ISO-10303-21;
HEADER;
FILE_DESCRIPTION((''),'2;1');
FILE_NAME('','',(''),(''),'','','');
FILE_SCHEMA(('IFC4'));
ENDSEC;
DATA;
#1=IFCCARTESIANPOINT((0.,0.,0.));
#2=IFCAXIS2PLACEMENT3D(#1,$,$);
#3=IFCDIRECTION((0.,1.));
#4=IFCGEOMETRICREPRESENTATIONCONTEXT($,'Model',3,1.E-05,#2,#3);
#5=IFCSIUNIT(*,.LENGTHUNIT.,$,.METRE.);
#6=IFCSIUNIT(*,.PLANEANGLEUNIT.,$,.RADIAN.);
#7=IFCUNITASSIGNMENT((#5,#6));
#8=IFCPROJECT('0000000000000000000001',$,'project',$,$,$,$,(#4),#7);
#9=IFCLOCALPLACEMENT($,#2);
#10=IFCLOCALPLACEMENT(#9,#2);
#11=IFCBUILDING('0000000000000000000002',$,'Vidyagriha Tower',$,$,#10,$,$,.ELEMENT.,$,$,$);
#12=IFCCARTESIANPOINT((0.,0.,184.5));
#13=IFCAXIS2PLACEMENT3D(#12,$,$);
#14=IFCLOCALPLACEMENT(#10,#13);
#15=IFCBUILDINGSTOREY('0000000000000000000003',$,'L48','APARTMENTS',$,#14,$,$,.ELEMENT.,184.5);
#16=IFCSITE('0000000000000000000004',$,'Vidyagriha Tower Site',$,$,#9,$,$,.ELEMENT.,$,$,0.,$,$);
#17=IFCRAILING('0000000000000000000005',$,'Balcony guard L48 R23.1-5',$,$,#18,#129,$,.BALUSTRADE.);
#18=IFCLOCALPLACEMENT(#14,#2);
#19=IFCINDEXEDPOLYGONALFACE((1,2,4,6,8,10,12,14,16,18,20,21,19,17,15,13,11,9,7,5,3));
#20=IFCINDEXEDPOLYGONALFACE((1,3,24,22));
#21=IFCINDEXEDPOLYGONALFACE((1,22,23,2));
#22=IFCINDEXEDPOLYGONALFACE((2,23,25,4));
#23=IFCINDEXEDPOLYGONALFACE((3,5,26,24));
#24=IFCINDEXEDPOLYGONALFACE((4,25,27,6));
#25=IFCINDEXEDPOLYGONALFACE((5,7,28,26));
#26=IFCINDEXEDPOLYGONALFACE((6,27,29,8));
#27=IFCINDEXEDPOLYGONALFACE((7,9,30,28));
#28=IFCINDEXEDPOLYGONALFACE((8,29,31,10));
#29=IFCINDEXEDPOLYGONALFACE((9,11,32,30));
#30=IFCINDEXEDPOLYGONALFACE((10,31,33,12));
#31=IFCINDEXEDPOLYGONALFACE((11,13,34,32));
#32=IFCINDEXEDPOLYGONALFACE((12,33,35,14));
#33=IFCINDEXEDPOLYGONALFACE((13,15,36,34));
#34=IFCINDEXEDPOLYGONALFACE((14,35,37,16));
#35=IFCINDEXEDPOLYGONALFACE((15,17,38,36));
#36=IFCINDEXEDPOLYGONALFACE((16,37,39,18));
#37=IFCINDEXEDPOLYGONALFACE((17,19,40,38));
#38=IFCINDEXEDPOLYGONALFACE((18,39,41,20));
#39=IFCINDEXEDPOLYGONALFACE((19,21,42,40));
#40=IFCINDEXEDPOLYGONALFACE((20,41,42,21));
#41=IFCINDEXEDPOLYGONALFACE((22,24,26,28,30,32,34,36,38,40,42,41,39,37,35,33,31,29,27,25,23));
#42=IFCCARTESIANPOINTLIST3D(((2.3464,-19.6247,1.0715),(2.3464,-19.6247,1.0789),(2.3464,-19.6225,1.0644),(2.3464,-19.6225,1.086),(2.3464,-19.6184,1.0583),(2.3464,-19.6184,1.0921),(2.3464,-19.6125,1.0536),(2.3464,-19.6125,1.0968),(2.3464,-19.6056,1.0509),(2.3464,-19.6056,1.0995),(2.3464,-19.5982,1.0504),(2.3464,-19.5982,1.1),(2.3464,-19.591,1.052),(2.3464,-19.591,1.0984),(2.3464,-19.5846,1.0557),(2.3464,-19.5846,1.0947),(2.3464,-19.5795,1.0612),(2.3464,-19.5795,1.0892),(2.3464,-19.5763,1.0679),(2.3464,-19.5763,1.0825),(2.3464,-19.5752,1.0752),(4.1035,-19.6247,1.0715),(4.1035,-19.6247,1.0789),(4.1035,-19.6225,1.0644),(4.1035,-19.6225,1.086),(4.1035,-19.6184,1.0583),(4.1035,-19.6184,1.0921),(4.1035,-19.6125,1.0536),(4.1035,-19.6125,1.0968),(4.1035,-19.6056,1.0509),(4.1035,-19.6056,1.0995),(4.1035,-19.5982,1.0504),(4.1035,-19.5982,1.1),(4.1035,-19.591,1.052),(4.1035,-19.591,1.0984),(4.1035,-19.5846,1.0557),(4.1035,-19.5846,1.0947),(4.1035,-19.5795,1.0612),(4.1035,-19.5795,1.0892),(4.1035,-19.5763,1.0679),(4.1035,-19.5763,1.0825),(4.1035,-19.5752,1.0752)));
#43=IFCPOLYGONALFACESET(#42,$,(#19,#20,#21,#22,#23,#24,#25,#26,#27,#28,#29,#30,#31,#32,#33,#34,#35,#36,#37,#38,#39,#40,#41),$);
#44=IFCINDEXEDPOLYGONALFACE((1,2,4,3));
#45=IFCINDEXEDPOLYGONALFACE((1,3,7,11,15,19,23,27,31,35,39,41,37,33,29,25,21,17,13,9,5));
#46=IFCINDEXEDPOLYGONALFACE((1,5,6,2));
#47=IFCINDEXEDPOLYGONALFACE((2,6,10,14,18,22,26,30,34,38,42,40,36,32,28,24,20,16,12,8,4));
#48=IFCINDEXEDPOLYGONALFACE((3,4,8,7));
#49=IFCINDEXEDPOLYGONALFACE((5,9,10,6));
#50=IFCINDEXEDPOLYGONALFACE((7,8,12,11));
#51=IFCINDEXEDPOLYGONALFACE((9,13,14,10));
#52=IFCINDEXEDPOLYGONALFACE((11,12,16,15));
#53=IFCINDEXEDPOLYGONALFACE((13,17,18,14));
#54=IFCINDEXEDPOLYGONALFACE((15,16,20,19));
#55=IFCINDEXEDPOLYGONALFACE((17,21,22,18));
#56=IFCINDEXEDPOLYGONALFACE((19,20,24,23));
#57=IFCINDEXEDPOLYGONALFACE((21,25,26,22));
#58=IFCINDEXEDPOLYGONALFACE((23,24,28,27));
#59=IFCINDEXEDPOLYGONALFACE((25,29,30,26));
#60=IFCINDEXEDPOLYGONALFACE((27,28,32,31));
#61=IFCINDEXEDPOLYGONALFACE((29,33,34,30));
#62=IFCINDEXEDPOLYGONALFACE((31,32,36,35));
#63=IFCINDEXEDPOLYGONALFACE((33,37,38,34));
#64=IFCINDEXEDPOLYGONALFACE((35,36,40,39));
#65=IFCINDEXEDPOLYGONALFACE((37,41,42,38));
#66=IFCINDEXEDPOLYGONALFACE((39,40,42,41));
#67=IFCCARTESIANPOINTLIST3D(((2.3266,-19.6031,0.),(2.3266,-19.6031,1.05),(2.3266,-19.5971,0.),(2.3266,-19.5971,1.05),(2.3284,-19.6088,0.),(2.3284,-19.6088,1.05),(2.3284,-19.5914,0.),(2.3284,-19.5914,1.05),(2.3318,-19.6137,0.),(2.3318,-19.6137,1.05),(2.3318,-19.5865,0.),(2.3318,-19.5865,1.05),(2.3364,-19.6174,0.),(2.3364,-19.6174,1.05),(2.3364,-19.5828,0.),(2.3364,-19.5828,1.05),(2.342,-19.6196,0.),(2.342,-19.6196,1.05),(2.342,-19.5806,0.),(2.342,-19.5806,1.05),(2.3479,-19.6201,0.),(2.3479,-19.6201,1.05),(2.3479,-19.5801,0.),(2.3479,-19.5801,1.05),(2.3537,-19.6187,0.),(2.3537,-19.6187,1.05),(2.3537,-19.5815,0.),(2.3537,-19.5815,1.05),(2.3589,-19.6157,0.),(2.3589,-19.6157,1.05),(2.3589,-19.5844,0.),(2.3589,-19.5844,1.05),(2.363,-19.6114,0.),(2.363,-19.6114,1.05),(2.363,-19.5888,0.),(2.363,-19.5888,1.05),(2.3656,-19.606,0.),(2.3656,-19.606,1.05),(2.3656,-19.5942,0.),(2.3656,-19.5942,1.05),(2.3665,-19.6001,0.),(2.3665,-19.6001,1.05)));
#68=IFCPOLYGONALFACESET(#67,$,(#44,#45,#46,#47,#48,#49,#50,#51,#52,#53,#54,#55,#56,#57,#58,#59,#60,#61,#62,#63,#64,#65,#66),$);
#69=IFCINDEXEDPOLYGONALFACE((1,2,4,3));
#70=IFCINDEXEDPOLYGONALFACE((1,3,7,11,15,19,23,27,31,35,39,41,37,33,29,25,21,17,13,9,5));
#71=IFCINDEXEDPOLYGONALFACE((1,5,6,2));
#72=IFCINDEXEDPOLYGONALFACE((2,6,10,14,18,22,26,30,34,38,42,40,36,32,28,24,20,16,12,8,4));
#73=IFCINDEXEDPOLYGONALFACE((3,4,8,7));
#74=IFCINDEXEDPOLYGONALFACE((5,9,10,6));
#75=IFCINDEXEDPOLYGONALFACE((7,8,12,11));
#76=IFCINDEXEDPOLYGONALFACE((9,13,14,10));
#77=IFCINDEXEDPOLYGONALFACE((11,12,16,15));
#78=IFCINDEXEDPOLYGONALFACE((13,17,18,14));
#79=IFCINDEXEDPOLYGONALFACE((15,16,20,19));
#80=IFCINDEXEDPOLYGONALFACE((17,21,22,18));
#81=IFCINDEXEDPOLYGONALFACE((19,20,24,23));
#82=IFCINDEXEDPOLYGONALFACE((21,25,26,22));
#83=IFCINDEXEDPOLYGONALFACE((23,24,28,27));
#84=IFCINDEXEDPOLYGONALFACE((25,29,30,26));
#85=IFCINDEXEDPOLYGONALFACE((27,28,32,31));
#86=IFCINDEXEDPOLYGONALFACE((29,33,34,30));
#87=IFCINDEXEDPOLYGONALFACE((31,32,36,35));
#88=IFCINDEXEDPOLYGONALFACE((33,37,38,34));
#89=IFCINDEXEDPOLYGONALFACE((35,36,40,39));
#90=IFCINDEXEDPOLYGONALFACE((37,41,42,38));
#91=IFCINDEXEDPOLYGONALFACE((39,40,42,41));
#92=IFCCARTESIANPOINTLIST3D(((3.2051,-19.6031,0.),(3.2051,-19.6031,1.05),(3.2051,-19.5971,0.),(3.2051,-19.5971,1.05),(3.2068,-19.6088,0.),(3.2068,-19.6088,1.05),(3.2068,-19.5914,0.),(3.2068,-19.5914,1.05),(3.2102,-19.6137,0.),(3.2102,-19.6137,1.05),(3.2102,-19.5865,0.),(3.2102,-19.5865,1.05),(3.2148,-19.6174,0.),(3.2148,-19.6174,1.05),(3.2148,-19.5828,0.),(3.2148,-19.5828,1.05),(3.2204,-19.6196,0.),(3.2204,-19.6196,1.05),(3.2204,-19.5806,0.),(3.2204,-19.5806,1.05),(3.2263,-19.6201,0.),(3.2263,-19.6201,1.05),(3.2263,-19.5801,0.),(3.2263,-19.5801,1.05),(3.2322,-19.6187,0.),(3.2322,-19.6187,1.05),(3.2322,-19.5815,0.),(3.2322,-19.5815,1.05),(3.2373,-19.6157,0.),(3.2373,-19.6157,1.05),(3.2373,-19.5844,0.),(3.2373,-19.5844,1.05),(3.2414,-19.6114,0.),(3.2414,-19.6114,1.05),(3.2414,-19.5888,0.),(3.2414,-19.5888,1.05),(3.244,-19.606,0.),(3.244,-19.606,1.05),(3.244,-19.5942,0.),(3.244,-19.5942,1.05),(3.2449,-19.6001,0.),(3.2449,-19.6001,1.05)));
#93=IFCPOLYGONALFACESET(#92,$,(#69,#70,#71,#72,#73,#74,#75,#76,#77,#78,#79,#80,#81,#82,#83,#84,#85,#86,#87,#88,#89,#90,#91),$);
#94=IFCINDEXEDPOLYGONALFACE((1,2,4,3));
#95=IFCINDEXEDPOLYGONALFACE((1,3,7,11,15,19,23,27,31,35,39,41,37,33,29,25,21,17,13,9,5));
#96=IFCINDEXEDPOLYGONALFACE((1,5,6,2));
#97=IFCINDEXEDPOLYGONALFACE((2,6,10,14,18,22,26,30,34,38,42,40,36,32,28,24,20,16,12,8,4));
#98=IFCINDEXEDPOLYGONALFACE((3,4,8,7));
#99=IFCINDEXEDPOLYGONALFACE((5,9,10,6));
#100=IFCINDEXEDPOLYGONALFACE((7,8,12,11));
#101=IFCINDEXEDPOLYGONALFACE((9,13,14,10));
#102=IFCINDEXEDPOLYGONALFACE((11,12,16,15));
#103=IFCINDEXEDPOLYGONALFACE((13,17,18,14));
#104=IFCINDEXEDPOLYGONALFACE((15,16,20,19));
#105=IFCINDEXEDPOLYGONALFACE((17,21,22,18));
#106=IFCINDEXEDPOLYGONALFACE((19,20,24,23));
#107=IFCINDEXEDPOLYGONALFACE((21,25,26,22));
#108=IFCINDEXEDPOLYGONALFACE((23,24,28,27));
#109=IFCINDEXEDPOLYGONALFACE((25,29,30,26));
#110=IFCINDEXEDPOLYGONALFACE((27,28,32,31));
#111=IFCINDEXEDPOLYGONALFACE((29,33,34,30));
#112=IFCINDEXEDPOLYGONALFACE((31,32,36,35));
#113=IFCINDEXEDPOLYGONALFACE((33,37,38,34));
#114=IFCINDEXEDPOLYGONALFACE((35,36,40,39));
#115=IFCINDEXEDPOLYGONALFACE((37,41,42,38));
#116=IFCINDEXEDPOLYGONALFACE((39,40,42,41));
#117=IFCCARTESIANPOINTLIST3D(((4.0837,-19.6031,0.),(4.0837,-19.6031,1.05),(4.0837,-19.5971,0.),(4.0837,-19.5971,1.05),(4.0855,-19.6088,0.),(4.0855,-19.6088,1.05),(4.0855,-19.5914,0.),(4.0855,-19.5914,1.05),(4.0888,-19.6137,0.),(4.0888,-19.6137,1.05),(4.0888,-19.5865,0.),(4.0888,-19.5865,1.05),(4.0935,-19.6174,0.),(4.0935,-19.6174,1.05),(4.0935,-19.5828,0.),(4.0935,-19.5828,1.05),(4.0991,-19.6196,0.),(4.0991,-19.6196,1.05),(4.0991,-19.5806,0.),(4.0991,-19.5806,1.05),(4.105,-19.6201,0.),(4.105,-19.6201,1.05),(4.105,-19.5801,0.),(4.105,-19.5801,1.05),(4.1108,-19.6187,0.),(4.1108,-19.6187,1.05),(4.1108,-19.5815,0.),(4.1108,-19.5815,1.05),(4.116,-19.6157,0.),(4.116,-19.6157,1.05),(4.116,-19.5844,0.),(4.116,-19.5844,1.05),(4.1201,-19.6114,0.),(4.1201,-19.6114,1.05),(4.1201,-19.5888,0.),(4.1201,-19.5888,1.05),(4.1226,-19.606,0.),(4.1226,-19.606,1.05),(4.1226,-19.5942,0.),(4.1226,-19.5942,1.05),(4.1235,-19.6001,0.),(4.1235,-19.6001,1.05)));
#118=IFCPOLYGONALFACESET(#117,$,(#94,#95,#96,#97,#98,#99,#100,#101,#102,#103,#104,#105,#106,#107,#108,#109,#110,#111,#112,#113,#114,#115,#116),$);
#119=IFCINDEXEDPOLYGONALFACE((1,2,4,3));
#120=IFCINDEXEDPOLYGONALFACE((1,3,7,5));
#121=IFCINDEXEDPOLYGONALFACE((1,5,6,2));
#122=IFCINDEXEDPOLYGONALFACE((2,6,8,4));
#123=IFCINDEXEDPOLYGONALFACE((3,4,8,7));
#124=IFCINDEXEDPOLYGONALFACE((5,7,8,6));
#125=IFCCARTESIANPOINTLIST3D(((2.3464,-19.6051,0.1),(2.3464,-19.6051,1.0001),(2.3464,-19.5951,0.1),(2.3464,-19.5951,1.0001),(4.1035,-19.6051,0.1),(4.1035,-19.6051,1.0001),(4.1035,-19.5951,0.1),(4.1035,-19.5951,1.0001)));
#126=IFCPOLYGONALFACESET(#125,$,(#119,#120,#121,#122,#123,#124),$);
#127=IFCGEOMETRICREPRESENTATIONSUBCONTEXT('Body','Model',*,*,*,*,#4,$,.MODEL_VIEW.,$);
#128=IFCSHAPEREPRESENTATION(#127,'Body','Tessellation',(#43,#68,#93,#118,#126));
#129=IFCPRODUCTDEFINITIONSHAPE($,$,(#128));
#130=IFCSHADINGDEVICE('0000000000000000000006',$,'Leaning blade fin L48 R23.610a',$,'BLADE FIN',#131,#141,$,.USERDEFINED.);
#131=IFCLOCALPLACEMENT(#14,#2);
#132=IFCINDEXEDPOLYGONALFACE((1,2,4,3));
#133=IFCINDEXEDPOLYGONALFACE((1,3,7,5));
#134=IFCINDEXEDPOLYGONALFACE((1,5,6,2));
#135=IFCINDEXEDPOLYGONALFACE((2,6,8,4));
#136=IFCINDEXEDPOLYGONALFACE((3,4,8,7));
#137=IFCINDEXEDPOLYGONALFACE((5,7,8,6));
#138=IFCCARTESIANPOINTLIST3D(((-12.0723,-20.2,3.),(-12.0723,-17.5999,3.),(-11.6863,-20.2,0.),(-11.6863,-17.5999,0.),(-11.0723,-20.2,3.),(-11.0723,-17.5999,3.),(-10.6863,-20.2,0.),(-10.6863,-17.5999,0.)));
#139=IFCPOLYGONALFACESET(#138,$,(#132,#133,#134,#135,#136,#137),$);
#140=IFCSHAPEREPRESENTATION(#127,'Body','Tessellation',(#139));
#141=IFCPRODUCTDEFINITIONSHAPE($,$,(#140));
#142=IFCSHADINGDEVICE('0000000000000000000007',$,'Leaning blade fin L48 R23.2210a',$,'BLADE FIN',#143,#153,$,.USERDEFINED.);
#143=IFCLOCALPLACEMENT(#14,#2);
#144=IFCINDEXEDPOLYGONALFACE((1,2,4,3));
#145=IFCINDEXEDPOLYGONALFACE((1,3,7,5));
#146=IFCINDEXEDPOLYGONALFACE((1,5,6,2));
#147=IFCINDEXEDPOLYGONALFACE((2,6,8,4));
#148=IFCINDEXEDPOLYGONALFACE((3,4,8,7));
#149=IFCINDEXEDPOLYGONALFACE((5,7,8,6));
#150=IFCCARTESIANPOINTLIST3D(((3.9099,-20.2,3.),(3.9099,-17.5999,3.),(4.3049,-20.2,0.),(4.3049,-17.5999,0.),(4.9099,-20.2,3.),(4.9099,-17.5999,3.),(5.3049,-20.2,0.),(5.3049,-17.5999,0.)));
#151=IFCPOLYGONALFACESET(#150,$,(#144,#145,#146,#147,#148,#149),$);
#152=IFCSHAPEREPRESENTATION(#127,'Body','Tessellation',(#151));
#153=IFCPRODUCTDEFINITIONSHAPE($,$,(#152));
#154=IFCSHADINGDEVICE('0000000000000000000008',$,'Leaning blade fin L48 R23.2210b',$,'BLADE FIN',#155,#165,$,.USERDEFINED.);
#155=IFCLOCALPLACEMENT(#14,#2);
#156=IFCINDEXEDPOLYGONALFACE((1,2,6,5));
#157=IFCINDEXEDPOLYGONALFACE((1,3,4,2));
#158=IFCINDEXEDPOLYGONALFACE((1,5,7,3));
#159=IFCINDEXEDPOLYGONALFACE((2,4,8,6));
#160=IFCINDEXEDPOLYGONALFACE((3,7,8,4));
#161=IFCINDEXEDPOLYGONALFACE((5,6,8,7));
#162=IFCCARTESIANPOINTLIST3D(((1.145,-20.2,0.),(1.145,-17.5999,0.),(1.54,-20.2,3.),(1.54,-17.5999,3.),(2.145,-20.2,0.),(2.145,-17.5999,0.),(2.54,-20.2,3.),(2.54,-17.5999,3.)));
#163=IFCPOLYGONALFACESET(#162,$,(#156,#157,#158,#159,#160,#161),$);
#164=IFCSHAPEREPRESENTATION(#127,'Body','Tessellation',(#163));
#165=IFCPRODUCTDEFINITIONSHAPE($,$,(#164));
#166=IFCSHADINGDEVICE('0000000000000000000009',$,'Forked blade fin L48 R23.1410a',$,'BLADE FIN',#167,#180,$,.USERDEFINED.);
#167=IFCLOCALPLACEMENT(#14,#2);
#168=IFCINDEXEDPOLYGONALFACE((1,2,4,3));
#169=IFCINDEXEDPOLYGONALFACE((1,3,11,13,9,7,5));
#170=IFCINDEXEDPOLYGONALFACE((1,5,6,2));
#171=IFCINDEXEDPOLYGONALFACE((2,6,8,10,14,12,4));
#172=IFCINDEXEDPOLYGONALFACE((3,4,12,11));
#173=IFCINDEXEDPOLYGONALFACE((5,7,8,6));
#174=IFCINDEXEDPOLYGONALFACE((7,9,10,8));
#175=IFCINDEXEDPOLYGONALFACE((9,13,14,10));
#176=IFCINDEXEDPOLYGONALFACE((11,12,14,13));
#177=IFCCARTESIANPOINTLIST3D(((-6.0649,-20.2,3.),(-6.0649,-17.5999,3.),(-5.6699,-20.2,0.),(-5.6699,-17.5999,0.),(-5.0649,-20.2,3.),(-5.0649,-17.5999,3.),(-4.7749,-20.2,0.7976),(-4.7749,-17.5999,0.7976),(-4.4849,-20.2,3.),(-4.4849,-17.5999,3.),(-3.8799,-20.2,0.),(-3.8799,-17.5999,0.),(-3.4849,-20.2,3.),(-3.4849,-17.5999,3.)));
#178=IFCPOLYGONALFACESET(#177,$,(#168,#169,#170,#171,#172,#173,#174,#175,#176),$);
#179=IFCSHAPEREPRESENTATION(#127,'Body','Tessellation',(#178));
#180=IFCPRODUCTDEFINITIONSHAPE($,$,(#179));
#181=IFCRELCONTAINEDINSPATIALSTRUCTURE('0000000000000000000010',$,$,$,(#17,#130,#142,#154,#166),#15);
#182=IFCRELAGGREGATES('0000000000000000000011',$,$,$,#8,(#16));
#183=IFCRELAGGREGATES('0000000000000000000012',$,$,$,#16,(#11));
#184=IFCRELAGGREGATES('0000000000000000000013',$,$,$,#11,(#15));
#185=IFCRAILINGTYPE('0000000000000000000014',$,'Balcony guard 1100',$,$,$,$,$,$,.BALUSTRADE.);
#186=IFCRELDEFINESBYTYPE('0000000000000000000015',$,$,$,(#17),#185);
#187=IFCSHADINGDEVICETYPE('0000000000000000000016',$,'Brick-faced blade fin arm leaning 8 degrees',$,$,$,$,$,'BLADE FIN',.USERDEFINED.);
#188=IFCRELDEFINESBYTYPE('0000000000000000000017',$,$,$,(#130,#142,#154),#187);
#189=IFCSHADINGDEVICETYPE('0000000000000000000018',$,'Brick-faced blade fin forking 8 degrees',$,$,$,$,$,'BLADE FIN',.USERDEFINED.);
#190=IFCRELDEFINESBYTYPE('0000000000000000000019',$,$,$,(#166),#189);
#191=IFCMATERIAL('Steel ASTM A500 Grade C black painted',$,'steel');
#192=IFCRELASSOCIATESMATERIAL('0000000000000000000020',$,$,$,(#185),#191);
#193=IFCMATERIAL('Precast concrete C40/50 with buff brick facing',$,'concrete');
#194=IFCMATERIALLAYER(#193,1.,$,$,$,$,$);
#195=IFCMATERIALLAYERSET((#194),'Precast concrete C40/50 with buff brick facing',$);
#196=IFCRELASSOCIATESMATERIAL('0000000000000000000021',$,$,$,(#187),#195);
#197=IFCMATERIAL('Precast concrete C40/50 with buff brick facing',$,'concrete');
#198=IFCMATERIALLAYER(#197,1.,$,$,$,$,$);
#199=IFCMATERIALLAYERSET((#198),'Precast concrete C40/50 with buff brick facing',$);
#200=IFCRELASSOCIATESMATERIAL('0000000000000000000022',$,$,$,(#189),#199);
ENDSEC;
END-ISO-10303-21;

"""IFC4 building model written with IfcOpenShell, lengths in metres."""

from ifc_helpers import new_model, si_unit, direction, frame, origin, origin_2d, place, context, subcontext, project, spatial, polyline, rectangle, circle, outline, extrude, material, layer, layer_set, type_object, element, save


model = new_model("IFC4")

# Units and contexts
model_context = context("Model", 3, precision=1e-05, world=origin(), true_north=direction((0.0, 1.0)))
body_context = subcontext(model_context, "Body", "Model", "MODEL_VIEW")
ifc_project = project(units=[si_unit("LENGTHUNIT", "METRE"), si_unit("PLANEANGLEUNIT", "RADIAN")], contexts=[model_context])

# Site, building, storey
site_placement = place(None, origin())
site = spatial("IfcSite", under=ifc_project, at=site_placement, Name="Vidyagriha Tower Site", CompositionType="ELEMENT", RefElevation=0.0)
building_placement = place(site_placement, origin())
building = spatial("IfcBuilding", under=site, at=building_placement, Name="Vidyagriha Tower", CompositionType="ELEMENT")
storey_placement = place(building_placement, frame((0.0, 0.0, 184.5)))
storey = spatial("IfcBuildingStorey", under=building, at=storey_placement, Name="L48", Description="APARTMENTS", CompositionType="ELEMENT", Elevation=184.5)

# Railing
ifc_material_1 = material(Name="Steel ASTM A500 Grade C black painted", Category="steel")
railing_type = type_object("IfcRailingType", Name="Balcony guard 1100", PredefinedType="BALUSTRADE", material=ifc_material_1)
railing_1_placement = place(storey_placement, frame((2.3464, -19.6001, 0.0)))
element("IfcRailing", 1, at=railing_1_placement, inside=storey, type_object=railing_type, Name="Balcony guard L48 R23.1-5", PredefinedType="BALUSTRADE", context=body_context, shape_type="SweptSolid", body=[
    extrude(circle(Radius=0.0249, at=origin_2d()), frame((0.0, 0.0, 1.0752), z_axis=(1.0, 0.0, 0.0), x_axis=(0.0, 1.0, 0.0)), (0.0, 0.0, 1.0), 1.7571),
    extrude(circle(Radius=0.02, at=origin_2d()), origin(), (0.0, 0.0, 1.0), 1.05),
    extrude(circle(Radius=0.02, at=origin_2d()), frame((0.8784, 0.0, 0.0)), (0.0, 0.0, 1.0), 1.05),
    extrude(circle(Radius=0.02, at=origin_2d()), frame((1.7571, 0.0, 0.0)), (0.0, 0.0, 1.0), 1.05),
    extrude(rectangle(XDim=0.01, YDim=0.9001, at=origin_2d()), frame((0.0, 0.0, 0.55), z_axis=(1.0, 0.0, 0.0), x_axis=(0.0, 1.0, 0.0)), (0.0, 0.0, 1.0), 1.7571),
])

# Shading devices
ifc_material_2 = material(Name="Precast concrete C40/50 with buff brick facing", Category="concrete")
ifc_layer_1 = layer(ifc_material_2, 1.0)
ifc_layer_set_1 = layer_set([ifc_layer_1], Name="Precast concrete C40/50 with buff brick facing")
shading_device_type_1 = type_object("IfcShadingDeviceType", Name="Brick-faced blade fin arm leaning 8 degrees", ElementType="BLADE FIN", PredefinedType="USERDEFINED", material=ifc_layer_set_1)
shading_device_1_placement = place(storey_placement, frame((-12.0723, -18.8999, 0.0)))
element("IfcShadingDevice", 2, at=shading_device_1_placement, inside=storey, type_object=shading_device_type_1, Name="Leaning blade fin L48 R23.610a", ObjectType="BLADE FIN", PredefinedType="USERDEFINED", context=body_context, shape_type="SweptSolid", body=[
    extrude(outline(polyline([(0.386, 0.0), (1.386, 0.0), (1.0, 3.0), (0.0, 3.0), (0.386, 0.0)])), frame((0.0, 1.3, 0.0), z_axis=(0.0, -1.0, 0.0), x_axis=(1.0, 0.0, 0.0)), (0.0, 0.0, 1.0), 2.6001),
])
shading_device_2_placement = place(storey_placement, frame((3.9099, -18.8999, 0.0)))
element("IfcShadingDevice", 3, at=shading_device_2_placement, inside=storey, type_object=shading_device_type_1, Name="Leaning blade fin L48 R23.2210a", ObjectType="BLADE FIN", PredefinedType="USERDEFINED", context=body_context, shape_type="SweptSolid", body=[
    extrude(outline(polyline([(0.395, 0.0), (1.395, 0.0), (1.0, 3.0), (0.0, 3.0), (0.395, 0.0)])), frame((0.0, 1.3, 0.0), z_axis=(0.0, -1.0, 0.0), x_axis=(1.0, 0.0, 0.0)), (0.0, 0.0, 1.0), 2.6001),
])
shading_device_3_placement = place(storey_placement, frame((1.145, -18.8999, 0.0)))
element("IfcShadingDevice", 4, at=shading_device_3_placement, inside=storey, type_object=shading_device_type_1, Name="Leaning blade fin L48 R23.2210b", ObjectType="BLADE FIN", PredefinedType="USERDEFINED", context=body_context, shape_type="SweptSolid", body=[
    extrude(outline(polyline([(0.0, 0.0), (1.0, 0.0), (1.395, 3.0), (0.395, 3.0), (0.0, 0.0)])), frame((0.0, 1.3, 0.0), z_axis=(0.0, -1.0, 0.0), x_axis=(1.0, 0.0, 0.0)), (0.0, 0.0, 1.0), 2.6001),
])
ifc_material_3 = material(Name="Precast concrete C40/50 with buff brick facing", Category="concrete")
ifc_layer_2 = layer(ifc_material_3, 1.0)
ifc_layer_set_2 = layer_set([ifc_layer_2], Name="Precast concrete C40/50 with buff brick facing")
shading_device_type_2 = type_object("IfcShadingDeviceType", Name="Brick-faced blade fin forking 8 degrees", ElementType="BLADE FIN", PredefinedType="USERDEFINED", material=ifc_layer_set_2)
shading_device_4_placement = place(storey_placement, frame((-6.0649, -18.8999, 0.0)))
element("IfcShadingDevice", 5, at=shading_device_4_placement, inside=storey, type_object=shading_device_type_2, Name="Forked blade fin L48 R23.1410a", ObjectType="BLADE FIN", PredefinedType="USERDEFINED", context=body_context, shape_type="SweptSolid", body=[
    extrude(outline(polyline([(0.395, 0.0), (2.1851, 0.0), (2.5801, 3.0), (1.5801, 3.0), (1.29, 0.7976), (1.0, 3.0), (0.0, 3.0), (0.395, 0.0)])), frame((0.0, 1.3, 0.0), z_axis=(0.0, -1.0, 0.0), x_axis=(1.0, 0.0, 0.0)), (0.0, 0.0, 1.0), 2.6001),
])

save(model, "model.ifc")
